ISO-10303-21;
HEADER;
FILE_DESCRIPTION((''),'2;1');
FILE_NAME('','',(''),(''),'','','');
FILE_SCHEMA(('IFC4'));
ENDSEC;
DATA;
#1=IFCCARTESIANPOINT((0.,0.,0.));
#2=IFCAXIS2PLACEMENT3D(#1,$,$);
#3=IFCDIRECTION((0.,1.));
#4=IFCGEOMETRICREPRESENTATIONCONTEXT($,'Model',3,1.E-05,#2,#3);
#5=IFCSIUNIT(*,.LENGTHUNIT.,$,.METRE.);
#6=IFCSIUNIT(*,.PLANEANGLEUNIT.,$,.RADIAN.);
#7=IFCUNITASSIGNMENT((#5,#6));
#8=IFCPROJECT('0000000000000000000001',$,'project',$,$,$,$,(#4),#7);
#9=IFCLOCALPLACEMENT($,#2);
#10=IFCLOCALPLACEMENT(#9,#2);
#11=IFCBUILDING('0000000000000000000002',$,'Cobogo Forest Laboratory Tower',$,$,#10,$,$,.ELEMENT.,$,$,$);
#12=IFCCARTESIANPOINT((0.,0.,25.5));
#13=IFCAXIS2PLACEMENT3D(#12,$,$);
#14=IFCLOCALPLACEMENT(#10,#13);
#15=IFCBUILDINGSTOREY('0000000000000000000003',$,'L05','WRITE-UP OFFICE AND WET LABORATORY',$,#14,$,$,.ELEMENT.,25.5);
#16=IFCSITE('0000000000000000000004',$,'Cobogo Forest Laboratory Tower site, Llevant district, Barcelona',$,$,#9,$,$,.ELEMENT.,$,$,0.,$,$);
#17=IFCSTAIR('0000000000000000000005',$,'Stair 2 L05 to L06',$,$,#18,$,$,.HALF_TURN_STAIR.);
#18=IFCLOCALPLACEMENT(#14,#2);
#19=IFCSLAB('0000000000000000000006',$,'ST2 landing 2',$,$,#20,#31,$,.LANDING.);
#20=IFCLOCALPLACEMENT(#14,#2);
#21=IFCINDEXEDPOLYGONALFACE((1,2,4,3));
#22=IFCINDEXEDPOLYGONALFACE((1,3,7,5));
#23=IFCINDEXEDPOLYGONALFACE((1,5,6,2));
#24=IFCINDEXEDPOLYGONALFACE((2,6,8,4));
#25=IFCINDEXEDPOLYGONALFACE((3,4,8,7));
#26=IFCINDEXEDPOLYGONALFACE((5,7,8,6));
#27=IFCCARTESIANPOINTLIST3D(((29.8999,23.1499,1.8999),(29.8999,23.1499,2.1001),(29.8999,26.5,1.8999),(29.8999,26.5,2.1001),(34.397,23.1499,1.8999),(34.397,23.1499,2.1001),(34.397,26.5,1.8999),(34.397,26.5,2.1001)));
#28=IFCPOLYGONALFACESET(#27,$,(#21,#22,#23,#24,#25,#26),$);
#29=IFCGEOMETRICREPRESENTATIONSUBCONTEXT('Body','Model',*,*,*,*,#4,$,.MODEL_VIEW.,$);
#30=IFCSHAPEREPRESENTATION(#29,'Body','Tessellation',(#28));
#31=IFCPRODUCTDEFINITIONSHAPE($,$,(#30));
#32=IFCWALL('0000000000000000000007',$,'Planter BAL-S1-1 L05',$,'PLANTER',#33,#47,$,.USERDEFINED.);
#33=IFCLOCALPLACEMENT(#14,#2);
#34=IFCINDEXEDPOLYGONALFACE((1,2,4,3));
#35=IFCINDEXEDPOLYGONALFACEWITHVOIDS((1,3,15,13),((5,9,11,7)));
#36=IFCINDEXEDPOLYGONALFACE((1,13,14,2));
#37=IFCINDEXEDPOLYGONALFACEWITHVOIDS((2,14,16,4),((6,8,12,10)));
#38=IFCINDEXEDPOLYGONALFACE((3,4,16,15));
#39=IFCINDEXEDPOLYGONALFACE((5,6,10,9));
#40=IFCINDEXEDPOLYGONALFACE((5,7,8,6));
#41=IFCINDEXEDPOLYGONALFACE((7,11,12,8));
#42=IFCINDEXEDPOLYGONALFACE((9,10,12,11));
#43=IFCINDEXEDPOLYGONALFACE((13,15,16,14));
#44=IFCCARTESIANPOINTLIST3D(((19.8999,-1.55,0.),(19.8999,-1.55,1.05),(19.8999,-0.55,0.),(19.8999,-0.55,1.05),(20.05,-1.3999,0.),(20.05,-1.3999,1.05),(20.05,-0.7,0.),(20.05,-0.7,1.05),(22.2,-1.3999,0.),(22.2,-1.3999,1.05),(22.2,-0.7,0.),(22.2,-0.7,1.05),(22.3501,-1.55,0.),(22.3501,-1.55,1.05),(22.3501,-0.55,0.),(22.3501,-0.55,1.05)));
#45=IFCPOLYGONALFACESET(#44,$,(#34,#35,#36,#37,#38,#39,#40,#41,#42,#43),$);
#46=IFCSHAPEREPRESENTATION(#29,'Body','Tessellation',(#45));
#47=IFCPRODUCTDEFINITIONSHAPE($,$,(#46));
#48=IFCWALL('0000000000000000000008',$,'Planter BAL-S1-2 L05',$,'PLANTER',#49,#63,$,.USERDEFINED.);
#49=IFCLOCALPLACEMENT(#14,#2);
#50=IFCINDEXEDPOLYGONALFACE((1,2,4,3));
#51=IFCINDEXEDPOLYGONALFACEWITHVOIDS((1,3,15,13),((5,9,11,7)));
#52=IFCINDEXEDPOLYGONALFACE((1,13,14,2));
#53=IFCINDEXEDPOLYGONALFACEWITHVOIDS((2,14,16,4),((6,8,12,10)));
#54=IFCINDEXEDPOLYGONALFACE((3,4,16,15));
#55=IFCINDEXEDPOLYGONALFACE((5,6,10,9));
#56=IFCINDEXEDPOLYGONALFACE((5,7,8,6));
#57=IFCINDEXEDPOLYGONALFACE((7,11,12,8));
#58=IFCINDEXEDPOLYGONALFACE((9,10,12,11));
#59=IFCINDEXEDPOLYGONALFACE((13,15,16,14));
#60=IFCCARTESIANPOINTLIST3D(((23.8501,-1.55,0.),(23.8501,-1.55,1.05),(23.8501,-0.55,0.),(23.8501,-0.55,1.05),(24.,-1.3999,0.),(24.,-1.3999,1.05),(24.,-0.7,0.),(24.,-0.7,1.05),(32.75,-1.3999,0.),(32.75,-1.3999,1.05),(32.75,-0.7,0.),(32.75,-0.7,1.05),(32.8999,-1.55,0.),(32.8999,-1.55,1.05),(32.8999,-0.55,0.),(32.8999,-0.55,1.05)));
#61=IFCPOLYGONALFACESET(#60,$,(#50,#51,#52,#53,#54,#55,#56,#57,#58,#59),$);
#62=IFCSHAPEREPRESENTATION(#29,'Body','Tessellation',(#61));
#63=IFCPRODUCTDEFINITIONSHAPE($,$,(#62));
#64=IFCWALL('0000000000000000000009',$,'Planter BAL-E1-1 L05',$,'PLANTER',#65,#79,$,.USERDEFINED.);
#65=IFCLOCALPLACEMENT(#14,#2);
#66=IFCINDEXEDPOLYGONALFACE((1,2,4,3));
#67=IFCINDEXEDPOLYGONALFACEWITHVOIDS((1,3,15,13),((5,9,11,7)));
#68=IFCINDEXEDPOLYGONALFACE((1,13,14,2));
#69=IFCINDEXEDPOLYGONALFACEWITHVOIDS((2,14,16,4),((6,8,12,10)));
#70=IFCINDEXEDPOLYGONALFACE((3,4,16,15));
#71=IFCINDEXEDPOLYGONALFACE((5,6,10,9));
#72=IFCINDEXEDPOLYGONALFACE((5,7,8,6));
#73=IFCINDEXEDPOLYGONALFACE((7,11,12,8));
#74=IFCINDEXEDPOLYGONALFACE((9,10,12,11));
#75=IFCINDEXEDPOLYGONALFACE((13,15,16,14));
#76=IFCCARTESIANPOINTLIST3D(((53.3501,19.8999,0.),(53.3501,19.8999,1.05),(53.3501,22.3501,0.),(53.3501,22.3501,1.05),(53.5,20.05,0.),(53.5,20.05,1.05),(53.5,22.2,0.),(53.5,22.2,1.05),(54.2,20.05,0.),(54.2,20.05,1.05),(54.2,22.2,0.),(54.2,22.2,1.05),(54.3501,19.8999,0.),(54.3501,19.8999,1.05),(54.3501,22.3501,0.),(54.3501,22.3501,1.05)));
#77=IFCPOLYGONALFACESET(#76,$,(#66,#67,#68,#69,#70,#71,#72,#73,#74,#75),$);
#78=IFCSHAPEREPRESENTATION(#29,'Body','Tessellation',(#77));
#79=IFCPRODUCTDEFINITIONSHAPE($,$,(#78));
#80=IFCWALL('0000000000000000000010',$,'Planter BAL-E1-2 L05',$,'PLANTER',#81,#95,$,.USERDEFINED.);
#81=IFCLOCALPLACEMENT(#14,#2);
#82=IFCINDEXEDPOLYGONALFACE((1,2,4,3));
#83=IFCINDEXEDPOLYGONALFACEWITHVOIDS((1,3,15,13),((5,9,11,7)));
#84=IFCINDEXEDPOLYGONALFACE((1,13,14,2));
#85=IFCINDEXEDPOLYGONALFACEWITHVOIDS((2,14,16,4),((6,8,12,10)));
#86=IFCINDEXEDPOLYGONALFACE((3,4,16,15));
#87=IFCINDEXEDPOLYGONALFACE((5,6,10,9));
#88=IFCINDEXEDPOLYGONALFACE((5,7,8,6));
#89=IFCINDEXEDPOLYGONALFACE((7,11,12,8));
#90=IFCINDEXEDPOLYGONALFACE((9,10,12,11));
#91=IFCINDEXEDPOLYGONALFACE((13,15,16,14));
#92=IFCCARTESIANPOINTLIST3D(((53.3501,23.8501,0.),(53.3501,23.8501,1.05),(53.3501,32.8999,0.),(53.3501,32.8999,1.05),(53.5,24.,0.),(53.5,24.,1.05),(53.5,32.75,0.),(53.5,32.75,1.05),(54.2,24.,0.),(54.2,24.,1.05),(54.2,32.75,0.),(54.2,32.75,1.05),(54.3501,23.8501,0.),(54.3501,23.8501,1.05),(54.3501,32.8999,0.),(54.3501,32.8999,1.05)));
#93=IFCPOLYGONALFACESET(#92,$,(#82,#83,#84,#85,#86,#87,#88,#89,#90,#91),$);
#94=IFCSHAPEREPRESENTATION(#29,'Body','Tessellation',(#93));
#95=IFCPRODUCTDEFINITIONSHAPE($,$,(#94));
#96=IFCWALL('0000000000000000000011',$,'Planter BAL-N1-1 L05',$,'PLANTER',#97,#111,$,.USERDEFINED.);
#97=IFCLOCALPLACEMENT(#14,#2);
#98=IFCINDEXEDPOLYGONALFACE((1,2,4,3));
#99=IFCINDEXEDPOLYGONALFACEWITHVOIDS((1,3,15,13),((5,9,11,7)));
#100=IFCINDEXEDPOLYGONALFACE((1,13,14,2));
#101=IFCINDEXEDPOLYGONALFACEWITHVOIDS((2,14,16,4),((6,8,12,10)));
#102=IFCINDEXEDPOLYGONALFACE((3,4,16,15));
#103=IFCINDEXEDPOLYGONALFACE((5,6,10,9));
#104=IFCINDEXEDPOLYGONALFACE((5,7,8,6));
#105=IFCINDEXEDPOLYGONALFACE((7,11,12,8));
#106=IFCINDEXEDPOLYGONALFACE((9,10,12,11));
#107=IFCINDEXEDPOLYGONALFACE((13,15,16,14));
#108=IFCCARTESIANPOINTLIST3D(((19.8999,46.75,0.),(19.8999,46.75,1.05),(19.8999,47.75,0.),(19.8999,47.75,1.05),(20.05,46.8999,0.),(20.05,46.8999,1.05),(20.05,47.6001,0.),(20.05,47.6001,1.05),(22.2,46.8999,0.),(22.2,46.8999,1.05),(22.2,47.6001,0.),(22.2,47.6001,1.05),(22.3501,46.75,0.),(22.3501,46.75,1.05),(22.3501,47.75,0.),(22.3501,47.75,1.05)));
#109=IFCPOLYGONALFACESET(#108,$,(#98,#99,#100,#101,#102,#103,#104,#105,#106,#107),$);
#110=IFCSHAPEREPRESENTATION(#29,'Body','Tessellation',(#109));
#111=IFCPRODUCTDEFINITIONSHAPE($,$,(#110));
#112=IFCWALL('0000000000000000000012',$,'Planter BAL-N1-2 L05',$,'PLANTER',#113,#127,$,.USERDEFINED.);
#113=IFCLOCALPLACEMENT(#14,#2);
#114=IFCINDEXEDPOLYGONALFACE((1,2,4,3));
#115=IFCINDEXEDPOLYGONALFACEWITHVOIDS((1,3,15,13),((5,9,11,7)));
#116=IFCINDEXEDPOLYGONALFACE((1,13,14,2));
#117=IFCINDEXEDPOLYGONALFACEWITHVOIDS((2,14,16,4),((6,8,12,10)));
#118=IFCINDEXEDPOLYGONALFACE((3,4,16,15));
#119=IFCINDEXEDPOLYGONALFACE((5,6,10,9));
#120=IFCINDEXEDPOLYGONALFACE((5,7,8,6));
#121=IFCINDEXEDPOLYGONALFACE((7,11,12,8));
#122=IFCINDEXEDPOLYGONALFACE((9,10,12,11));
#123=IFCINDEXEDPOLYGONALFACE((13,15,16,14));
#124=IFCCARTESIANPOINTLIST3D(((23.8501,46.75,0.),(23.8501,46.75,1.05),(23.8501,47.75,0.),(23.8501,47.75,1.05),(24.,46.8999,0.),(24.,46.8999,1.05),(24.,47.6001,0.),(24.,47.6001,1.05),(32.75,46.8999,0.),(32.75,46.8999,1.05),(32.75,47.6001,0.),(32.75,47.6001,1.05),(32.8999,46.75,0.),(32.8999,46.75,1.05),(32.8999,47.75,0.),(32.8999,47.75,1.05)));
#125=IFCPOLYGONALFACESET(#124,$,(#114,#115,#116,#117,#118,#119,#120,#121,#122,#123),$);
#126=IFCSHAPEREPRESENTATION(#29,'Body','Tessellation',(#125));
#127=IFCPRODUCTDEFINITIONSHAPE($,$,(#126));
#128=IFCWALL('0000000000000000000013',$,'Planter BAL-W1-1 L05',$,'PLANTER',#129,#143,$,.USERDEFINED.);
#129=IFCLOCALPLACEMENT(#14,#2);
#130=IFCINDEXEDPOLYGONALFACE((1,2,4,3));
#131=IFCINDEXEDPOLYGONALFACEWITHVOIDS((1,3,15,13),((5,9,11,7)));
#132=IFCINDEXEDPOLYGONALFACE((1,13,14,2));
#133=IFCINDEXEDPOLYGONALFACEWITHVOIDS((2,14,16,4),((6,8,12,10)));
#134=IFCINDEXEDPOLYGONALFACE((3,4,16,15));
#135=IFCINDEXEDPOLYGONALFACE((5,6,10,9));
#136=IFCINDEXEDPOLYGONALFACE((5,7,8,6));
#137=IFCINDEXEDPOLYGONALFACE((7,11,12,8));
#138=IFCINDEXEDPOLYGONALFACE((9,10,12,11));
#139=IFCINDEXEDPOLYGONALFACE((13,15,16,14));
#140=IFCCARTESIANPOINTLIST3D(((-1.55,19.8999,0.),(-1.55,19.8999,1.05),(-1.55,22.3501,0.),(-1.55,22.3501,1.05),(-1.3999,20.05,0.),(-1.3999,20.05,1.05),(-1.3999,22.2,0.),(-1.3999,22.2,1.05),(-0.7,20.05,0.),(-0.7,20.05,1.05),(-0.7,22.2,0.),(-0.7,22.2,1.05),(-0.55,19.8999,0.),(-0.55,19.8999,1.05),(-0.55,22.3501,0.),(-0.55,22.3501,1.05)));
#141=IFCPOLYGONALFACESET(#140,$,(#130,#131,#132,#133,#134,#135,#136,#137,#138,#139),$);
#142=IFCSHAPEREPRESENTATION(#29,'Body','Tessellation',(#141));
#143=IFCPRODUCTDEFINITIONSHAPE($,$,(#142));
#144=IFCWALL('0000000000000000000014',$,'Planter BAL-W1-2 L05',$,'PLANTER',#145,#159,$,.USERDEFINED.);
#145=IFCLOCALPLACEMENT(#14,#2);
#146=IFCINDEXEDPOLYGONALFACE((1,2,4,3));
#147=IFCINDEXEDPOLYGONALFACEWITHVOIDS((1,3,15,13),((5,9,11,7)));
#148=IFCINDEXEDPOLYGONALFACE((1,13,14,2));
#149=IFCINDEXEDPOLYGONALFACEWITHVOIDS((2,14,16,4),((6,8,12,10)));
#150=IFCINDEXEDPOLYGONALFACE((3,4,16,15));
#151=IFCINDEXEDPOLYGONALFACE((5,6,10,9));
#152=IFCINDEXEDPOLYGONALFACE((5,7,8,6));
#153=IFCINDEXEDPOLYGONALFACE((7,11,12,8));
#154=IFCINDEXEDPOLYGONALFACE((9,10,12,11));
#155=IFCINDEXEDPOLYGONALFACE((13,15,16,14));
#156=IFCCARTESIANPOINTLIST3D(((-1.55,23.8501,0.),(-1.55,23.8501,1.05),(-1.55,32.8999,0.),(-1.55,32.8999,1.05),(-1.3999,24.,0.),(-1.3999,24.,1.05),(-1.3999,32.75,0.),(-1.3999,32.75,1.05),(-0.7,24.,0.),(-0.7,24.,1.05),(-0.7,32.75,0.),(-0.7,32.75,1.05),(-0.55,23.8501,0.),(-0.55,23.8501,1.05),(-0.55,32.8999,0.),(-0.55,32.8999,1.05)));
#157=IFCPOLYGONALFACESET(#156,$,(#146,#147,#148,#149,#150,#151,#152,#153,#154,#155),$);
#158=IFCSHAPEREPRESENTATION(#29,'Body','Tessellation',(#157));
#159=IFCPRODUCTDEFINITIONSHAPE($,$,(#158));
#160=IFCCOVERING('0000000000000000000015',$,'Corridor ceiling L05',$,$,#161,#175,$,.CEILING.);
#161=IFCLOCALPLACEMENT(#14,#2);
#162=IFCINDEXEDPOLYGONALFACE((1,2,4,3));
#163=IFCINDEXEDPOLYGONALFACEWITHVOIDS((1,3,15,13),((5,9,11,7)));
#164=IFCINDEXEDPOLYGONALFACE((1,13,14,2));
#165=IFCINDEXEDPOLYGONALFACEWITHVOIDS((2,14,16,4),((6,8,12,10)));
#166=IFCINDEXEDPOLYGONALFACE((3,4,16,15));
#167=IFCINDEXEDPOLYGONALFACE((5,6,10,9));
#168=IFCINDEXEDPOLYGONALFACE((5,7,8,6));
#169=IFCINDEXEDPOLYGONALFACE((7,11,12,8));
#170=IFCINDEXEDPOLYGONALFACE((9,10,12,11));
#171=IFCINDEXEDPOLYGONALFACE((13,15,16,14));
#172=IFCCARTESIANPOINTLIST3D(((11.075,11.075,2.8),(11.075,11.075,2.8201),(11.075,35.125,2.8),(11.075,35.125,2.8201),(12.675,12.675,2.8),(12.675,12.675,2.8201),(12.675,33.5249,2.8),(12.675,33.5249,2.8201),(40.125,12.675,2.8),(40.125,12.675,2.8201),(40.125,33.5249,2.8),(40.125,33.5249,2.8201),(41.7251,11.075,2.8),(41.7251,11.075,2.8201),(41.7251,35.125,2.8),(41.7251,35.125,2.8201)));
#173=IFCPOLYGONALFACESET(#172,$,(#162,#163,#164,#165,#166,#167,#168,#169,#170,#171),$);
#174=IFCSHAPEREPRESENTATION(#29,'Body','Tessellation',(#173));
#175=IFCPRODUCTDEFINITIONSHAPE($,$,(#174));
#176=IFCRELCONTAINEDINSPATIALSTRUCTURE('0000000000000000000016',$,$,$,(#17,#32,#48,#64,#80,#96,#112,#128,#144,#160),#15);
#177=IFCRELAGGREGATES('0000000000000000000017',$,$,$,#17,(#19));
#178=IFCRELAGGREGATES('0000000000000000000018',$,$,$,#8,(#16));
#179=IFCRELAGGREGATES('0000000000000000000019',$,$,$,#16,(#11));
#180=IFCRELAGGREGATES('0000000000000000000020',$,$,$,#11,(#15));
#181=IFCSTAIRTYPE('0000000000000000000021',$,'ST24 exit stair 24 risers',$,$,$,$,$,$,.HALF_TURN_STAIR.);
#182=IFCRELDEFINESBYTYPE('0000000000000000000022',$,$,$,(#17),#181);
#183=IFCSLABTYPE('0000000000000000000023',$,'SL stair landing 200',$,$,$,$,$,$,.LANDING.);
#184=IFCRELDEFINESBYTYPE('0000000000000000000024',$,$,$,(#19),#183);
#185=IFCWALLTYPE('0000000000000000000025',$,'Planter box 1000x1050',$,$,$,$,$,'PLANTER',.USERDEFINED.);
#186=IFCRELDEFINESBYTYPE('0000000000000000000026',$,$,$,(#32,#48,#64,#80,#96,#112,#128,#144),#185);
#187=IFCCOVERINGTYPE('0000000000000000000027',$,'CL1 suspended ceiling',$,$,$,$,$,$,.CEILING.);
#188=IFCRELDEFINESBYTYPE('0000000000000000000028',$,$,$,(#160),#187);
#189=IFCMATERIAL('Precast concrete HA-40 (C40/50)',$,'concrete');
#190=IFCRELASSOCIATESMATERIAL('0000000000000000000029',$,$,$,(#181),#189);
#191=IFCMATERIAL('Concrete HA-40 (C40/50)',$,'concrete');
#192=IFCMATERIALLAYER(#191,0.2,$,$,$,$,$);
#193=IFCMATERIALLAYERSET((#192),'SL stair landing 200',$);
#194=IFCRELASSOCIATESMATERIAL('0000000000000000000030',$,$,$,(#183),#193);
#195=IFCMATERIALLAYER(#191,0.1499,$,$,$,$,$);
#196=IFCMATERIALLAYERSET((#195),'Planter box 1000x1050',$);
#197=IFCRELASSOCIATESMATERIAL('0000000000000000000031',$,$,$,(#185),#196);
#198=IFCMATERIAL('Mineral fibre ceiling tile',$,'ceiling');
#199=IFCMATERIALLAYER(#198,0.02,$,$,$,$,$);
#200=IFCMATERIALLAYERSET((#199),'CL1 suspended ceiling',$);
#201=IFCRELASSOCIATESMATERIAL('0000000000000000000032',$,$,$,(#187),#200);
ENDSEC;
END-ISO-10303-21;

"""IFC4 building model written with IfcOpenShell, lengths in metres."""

from ifc_helpers import new_model, si_unit, direction, frame, origin, place, context, subcontext, project, spatial, polyline, outline, extrude, material, layer, layer_set, type_object, element, aggregate, save


model = new_model("IFC4")

# Units and contexts
model_context = context("Model", 3, precision=1e-05, world=origin(), true_north=direction((0.0, 1.0)))
body_context = subcontext(model_context, "Body", "Model", "MODEL_VIEW")
ifc_project = project(units=[si_unit("LENGTHUNIT", "METRE"), si_unit("PLANEANGLEUNIT", "RADIAN")], contexts=[model_context])

# Site, building, storey
site_placement = place(None, origin())
site = spatial("IfcSite", under=ifc_project, at=site_placement, Name="Cobogo Forest Laboratory Tower site, Llevant district, Barcelona", CompositionType="ELEMENT", RefElevation=0.0)
building_placement = place(site_placement, origin())
building = spatial("IfcBuilding", under=site, at=building_placement, Name="Cobogo Forest Laboratory Tower", CompositionType="ELEMENT")
storey_placement = place(building_placement, frame((0.0, 0.0, 25.5)))
storey = spatial("IfcBuildingStorey", under=building, at=storey_placement, Name="L05", Description="WRITE-UP OFFICE AND WET LABORATORY", CompositionType="ELEMENT", Elevation=25.5)

# Shared definitions
ifc_material_1 = material(Name="Concrete HA-40 (C40/50)", Category="concrete")

# Stair, slab
ifc_material_2 = material(Name="Precast concrete HA-40 (C40/50)", Category="concrete")
stair_type = type_object("IfcStairType", Name="ST24 exit stair 24 risers", PredefinedType="HALF_TURN_STAIR", material=ifc_material_2)
ifc_layer_1 = layer(ifc_material_1, 0.2)
ifc_layer_set_1 = layer_set([ifc_layer_1], Name="SL stair landing 200")
slab_type_1 = type_object("IfcSlabType", Name="SL stair landing 200", PredefinedType="LANDING", material=ifc_layer_set_1)
stair_1_placement = place(storey_placement, origin())
stair_1 = element("IfcStair", 1, at=stair_1_placement, inside=storey, type_object=stair_type, Name="Stair 2 L05 to L06", PredefinedType="HALF_TURN_STAIR")
slab_1_placement = place(storey_placement, frame((0.0, 0.0, 1.8999)))
slab_1 = element("IfcSlab", 2, at=slab_1_placement, type_object=slab_type_1, Name="ST2 landing 2", PredefinedType="LANDING", context=body_context, shape_type="SweptSolid", body=[
    extrude(outline(polyline([(29.8999, 23.1499), (34.397, 23.1499), (34.397, 26.5), (29.8999, 26.5), (29.8999, 23.1499)])), origin(), (0.0, 0.0, 1.0), 0.2002),
])
aggregate(stair_1, [slab_1])

# Walls
ifc_layer_2 = layer(ifc_material_1, 0.1499)
ifc_layer_set_2 = layer_set([ifc_layer_2], Name="Planter box 1000x1050")
wall_type = type_object("IfcWallType", Name="Planter box 1000x1050", ElementType="PLANTER", PredefinedType="USERDEFINED", material=ifc_layer_set_2)
wall_1_placement = place(storey_placement, origin())
element("IfcWall", 3, at=wall_1_placement, inside=storey, type_object=wall_type, Name="Planter BAL-S1-1 L05", ObjectType="PLANTER", PredefinedType="USERDEFINED", context=body_context, shape_type="SweptSolid", body=[
    extrude(outline(polyline([(19.8999, -1.55), (22.3501, -1.55), (22.3501, -0.55), (19.8999, -0.55), (19.8999, -1.55)]), holes=[polyline([(20.05, -1.3999), (22.2, -1.3999), (22.2, -0.7), (20.05, -0.7), (20.05, -1.3999)])]), origin(), (0.0, 0.0, 1.0), 1.05),
])
wall_2_placement = place(storey_placement, origin())
element("IfcWall", 4, at=wall_2_placement, inside=storey, type_object=wall_type, Name="Planter BAL-S1-2 L05", ObjectType="PLANTER", PredefinedType="USERDEFINED", context=body_context, shape_type="SweptSolid", body=[
    extrude(outline(polyline([(23.8501, -1.55), (32.8999, -1.55), (32.8999, -0.55), (23.8501, -0.55), (23.8501, -1.55)]), holes=[polyline([(24.0, -1.3999), (32.75, -1.3999), (32.75, -0.7), (24.0, -0.7), (24.0, -1.3999)])]), origin(), (0.0, 0.0, 1.0), 1.05),
])
wall_3_placement = place(storey_placement, origin())
element("IfcWall", 5, at=wall_3_placement, inside=storey, type_object=wall_type, Name="Planter BAL-E1-1 L05", ObjectType="PLANTER", PredefinedType="USERDEFINED", context=body_context, shape_type="SweptSolid", body=[
    extrude(outline(polyline([(53.3501, 19.8999), (54.3501, 19.8999), (54.3501, 22.3501), (53.3501, 22.3501), (53.3501, 19.8999)]), holes=[polyline([(53.5, 20.05), (54.2, 20.05), (54.2, 22.2), (53.5, 22.2), (53.5, 20.05)])]), origin(), (0.0, 0.0, 1.0), 1.05),
])
wall_4_placement = place(storey_placement, origin())
element("IfcWall", 6, at=wall_4_placement, inside=storey, type_object=wall_type, Name="Planter BAL-E1-2 L05", ObjectType="PLANTER", PredefinedType="USERDEFINED", context=body_context, shape_type="SweptSolid", body=[
    extrude(outline(polyline([(53.3501, 23.8501), (54.3501, 23.8501), (54.3501, 32.8999), (53.3501, 32.8999), (53.3501, 23.8501)]), holes=[polyline([(53.5, 24.0), (54.2, 24.0), (54.2, 32.75), (53.5, 32.75), (53.5, 24.0)])]), origin(), (0.0, 0.0, 1.0), 1.05),
])
wall_5_placement = place(storey_placement, origin())
element("IfcWall", 7, at=wall_5_placement, inside=storey, type_object=wall_type, Name="Planter BAL-N1-1 L05", ObjectType="PLANTER", PredefinedType="USERDEFINED", context=body_context, shape_type="SweptSolid", body=[
    extrude(outline(polyline([(19.8999, 46.75), (22.3501, 46.75), (22.3501, 47.75), (19.8999, 47.75), (19.8999, 46.75)]), holes=[polyline([(20.05, 46.8999), (22.2, 46.8999), (22.2, 47.6001), (20.05, 47.6001), (20.05, 46.8999)])]), origin(), (0.0, 0.0, 1.0), 1.05),
])
wall_6_placement = place(storey_placement, origin())
element("IfcWall", 8, at=wall_6_placement, inside=storey, type_object=wall_type, Name="Planter BAL-N1-2 L05", ObjectType="PLANTER", PredefinedType="USERDEFINED", context=body_context, shape_type="SweptSolid", body=[
    extrude(outline(polyline([(23.8501, 46.75), (32.8999, 46.75), (32.8999, 47.75), (23.8501, 47.75), (23.8501, 46.75)]), holes=[polyline([(24.0, 46.8999), (32.75, 46.8999), (32.75, 47.6001), (24.0, 47.6001), (24.0, 46.8999)])]), origin(), (0.0, 0.0, 1.0), 1.05),
])
wall_7_placement = place(storey_placement, origin())
element("IfcWall", 9, at=wall_7_placement, inside=storey, type_object=wall_type, Name="Planter BAL-W1-1 L05", ObjectType="PLANTER", PredefinedType="USERDEFINED", context=body_context, shape_type="SweptSolid", body=[
    extrude(outline(polyline([(-1.55, 19.8999), (-0.55, 19.8999), (-0.55, 22.3501), (-1.55, 22.3501), (-1.55, 19.8999)]), holes=[polyline([(-1.3999, 20.05), (-0.7, 20.05), (-0.7, 22.2), (-1.3999, 22.2), (-1.3999, 20.05)])]), origin(), (0.0, 0.0, 1.0), 1.05),
])
wall_8_placement = place(storey_placement, origin())
element("IfcWall", 10, at=wall_8_placement, inside=storey, type_object=wall_type, Name="Planter BAL-W1-2 L05", ObjectType="PLANTER", PredefinedType="USERDEFINED", context=body_context, shape_type="SweptSolid", body=[
    extrude(outline(polyline([(-1.55, 23.8501), (-0.55, 23.8501), (-0.55, 32.8999), (-1.55, 32.8999), (-1.55, 23.8501)]), holes=[polyline([(-1.3999, 24.0), (-0.7, 24.0), (-0.7, 32.75), (-1.3999, 32.75), (-1.3999, 24.0)])]), origin(), (0.0, 0.0, 1.0), 1.05),
])

# Covering
ifc_material_3 = material(Name="Mineral fibre ceiling tile", Category="ceiling")
ifc_layer_3 = layer(ifc_material_3, 0.02)
ifc_layer_set_3 = layer_set([ifc_layer_3], Name="CL1 suspended ceiling")
covering_type_1 = type_object("IfcCoveringType", Name="CL1 suspended ceiling", PredefinedType="CEILING", material=ifc_layer_set_3)
covering_1_placement = place(storey_placement, frame((0.0, 0.0, 2.8)))
element("IfcCovering", 11, at=covering_1_placement, inside=storey, type_object=covering_type_1, Name="Corridor ceiling L05", PredefinedType="CEILING", context=body_context, shape_type="SweptSolid", body=[
    extrude(outline(polyline([(11.075, 11.075), (11.075, 35.125), (41.7251, 35.125), (41.7251, 11.075), (11.075, 11.075)]), holes=[polyline([(40.125, 33.5249), (12.675, 33.5249), (12.675, 12.675), (40.125, 12.675), (40.125, 33.5249)])]), origin(), (0.0, 0.0, 1.0), 0.02),
])

save(model, "model.ifc")
